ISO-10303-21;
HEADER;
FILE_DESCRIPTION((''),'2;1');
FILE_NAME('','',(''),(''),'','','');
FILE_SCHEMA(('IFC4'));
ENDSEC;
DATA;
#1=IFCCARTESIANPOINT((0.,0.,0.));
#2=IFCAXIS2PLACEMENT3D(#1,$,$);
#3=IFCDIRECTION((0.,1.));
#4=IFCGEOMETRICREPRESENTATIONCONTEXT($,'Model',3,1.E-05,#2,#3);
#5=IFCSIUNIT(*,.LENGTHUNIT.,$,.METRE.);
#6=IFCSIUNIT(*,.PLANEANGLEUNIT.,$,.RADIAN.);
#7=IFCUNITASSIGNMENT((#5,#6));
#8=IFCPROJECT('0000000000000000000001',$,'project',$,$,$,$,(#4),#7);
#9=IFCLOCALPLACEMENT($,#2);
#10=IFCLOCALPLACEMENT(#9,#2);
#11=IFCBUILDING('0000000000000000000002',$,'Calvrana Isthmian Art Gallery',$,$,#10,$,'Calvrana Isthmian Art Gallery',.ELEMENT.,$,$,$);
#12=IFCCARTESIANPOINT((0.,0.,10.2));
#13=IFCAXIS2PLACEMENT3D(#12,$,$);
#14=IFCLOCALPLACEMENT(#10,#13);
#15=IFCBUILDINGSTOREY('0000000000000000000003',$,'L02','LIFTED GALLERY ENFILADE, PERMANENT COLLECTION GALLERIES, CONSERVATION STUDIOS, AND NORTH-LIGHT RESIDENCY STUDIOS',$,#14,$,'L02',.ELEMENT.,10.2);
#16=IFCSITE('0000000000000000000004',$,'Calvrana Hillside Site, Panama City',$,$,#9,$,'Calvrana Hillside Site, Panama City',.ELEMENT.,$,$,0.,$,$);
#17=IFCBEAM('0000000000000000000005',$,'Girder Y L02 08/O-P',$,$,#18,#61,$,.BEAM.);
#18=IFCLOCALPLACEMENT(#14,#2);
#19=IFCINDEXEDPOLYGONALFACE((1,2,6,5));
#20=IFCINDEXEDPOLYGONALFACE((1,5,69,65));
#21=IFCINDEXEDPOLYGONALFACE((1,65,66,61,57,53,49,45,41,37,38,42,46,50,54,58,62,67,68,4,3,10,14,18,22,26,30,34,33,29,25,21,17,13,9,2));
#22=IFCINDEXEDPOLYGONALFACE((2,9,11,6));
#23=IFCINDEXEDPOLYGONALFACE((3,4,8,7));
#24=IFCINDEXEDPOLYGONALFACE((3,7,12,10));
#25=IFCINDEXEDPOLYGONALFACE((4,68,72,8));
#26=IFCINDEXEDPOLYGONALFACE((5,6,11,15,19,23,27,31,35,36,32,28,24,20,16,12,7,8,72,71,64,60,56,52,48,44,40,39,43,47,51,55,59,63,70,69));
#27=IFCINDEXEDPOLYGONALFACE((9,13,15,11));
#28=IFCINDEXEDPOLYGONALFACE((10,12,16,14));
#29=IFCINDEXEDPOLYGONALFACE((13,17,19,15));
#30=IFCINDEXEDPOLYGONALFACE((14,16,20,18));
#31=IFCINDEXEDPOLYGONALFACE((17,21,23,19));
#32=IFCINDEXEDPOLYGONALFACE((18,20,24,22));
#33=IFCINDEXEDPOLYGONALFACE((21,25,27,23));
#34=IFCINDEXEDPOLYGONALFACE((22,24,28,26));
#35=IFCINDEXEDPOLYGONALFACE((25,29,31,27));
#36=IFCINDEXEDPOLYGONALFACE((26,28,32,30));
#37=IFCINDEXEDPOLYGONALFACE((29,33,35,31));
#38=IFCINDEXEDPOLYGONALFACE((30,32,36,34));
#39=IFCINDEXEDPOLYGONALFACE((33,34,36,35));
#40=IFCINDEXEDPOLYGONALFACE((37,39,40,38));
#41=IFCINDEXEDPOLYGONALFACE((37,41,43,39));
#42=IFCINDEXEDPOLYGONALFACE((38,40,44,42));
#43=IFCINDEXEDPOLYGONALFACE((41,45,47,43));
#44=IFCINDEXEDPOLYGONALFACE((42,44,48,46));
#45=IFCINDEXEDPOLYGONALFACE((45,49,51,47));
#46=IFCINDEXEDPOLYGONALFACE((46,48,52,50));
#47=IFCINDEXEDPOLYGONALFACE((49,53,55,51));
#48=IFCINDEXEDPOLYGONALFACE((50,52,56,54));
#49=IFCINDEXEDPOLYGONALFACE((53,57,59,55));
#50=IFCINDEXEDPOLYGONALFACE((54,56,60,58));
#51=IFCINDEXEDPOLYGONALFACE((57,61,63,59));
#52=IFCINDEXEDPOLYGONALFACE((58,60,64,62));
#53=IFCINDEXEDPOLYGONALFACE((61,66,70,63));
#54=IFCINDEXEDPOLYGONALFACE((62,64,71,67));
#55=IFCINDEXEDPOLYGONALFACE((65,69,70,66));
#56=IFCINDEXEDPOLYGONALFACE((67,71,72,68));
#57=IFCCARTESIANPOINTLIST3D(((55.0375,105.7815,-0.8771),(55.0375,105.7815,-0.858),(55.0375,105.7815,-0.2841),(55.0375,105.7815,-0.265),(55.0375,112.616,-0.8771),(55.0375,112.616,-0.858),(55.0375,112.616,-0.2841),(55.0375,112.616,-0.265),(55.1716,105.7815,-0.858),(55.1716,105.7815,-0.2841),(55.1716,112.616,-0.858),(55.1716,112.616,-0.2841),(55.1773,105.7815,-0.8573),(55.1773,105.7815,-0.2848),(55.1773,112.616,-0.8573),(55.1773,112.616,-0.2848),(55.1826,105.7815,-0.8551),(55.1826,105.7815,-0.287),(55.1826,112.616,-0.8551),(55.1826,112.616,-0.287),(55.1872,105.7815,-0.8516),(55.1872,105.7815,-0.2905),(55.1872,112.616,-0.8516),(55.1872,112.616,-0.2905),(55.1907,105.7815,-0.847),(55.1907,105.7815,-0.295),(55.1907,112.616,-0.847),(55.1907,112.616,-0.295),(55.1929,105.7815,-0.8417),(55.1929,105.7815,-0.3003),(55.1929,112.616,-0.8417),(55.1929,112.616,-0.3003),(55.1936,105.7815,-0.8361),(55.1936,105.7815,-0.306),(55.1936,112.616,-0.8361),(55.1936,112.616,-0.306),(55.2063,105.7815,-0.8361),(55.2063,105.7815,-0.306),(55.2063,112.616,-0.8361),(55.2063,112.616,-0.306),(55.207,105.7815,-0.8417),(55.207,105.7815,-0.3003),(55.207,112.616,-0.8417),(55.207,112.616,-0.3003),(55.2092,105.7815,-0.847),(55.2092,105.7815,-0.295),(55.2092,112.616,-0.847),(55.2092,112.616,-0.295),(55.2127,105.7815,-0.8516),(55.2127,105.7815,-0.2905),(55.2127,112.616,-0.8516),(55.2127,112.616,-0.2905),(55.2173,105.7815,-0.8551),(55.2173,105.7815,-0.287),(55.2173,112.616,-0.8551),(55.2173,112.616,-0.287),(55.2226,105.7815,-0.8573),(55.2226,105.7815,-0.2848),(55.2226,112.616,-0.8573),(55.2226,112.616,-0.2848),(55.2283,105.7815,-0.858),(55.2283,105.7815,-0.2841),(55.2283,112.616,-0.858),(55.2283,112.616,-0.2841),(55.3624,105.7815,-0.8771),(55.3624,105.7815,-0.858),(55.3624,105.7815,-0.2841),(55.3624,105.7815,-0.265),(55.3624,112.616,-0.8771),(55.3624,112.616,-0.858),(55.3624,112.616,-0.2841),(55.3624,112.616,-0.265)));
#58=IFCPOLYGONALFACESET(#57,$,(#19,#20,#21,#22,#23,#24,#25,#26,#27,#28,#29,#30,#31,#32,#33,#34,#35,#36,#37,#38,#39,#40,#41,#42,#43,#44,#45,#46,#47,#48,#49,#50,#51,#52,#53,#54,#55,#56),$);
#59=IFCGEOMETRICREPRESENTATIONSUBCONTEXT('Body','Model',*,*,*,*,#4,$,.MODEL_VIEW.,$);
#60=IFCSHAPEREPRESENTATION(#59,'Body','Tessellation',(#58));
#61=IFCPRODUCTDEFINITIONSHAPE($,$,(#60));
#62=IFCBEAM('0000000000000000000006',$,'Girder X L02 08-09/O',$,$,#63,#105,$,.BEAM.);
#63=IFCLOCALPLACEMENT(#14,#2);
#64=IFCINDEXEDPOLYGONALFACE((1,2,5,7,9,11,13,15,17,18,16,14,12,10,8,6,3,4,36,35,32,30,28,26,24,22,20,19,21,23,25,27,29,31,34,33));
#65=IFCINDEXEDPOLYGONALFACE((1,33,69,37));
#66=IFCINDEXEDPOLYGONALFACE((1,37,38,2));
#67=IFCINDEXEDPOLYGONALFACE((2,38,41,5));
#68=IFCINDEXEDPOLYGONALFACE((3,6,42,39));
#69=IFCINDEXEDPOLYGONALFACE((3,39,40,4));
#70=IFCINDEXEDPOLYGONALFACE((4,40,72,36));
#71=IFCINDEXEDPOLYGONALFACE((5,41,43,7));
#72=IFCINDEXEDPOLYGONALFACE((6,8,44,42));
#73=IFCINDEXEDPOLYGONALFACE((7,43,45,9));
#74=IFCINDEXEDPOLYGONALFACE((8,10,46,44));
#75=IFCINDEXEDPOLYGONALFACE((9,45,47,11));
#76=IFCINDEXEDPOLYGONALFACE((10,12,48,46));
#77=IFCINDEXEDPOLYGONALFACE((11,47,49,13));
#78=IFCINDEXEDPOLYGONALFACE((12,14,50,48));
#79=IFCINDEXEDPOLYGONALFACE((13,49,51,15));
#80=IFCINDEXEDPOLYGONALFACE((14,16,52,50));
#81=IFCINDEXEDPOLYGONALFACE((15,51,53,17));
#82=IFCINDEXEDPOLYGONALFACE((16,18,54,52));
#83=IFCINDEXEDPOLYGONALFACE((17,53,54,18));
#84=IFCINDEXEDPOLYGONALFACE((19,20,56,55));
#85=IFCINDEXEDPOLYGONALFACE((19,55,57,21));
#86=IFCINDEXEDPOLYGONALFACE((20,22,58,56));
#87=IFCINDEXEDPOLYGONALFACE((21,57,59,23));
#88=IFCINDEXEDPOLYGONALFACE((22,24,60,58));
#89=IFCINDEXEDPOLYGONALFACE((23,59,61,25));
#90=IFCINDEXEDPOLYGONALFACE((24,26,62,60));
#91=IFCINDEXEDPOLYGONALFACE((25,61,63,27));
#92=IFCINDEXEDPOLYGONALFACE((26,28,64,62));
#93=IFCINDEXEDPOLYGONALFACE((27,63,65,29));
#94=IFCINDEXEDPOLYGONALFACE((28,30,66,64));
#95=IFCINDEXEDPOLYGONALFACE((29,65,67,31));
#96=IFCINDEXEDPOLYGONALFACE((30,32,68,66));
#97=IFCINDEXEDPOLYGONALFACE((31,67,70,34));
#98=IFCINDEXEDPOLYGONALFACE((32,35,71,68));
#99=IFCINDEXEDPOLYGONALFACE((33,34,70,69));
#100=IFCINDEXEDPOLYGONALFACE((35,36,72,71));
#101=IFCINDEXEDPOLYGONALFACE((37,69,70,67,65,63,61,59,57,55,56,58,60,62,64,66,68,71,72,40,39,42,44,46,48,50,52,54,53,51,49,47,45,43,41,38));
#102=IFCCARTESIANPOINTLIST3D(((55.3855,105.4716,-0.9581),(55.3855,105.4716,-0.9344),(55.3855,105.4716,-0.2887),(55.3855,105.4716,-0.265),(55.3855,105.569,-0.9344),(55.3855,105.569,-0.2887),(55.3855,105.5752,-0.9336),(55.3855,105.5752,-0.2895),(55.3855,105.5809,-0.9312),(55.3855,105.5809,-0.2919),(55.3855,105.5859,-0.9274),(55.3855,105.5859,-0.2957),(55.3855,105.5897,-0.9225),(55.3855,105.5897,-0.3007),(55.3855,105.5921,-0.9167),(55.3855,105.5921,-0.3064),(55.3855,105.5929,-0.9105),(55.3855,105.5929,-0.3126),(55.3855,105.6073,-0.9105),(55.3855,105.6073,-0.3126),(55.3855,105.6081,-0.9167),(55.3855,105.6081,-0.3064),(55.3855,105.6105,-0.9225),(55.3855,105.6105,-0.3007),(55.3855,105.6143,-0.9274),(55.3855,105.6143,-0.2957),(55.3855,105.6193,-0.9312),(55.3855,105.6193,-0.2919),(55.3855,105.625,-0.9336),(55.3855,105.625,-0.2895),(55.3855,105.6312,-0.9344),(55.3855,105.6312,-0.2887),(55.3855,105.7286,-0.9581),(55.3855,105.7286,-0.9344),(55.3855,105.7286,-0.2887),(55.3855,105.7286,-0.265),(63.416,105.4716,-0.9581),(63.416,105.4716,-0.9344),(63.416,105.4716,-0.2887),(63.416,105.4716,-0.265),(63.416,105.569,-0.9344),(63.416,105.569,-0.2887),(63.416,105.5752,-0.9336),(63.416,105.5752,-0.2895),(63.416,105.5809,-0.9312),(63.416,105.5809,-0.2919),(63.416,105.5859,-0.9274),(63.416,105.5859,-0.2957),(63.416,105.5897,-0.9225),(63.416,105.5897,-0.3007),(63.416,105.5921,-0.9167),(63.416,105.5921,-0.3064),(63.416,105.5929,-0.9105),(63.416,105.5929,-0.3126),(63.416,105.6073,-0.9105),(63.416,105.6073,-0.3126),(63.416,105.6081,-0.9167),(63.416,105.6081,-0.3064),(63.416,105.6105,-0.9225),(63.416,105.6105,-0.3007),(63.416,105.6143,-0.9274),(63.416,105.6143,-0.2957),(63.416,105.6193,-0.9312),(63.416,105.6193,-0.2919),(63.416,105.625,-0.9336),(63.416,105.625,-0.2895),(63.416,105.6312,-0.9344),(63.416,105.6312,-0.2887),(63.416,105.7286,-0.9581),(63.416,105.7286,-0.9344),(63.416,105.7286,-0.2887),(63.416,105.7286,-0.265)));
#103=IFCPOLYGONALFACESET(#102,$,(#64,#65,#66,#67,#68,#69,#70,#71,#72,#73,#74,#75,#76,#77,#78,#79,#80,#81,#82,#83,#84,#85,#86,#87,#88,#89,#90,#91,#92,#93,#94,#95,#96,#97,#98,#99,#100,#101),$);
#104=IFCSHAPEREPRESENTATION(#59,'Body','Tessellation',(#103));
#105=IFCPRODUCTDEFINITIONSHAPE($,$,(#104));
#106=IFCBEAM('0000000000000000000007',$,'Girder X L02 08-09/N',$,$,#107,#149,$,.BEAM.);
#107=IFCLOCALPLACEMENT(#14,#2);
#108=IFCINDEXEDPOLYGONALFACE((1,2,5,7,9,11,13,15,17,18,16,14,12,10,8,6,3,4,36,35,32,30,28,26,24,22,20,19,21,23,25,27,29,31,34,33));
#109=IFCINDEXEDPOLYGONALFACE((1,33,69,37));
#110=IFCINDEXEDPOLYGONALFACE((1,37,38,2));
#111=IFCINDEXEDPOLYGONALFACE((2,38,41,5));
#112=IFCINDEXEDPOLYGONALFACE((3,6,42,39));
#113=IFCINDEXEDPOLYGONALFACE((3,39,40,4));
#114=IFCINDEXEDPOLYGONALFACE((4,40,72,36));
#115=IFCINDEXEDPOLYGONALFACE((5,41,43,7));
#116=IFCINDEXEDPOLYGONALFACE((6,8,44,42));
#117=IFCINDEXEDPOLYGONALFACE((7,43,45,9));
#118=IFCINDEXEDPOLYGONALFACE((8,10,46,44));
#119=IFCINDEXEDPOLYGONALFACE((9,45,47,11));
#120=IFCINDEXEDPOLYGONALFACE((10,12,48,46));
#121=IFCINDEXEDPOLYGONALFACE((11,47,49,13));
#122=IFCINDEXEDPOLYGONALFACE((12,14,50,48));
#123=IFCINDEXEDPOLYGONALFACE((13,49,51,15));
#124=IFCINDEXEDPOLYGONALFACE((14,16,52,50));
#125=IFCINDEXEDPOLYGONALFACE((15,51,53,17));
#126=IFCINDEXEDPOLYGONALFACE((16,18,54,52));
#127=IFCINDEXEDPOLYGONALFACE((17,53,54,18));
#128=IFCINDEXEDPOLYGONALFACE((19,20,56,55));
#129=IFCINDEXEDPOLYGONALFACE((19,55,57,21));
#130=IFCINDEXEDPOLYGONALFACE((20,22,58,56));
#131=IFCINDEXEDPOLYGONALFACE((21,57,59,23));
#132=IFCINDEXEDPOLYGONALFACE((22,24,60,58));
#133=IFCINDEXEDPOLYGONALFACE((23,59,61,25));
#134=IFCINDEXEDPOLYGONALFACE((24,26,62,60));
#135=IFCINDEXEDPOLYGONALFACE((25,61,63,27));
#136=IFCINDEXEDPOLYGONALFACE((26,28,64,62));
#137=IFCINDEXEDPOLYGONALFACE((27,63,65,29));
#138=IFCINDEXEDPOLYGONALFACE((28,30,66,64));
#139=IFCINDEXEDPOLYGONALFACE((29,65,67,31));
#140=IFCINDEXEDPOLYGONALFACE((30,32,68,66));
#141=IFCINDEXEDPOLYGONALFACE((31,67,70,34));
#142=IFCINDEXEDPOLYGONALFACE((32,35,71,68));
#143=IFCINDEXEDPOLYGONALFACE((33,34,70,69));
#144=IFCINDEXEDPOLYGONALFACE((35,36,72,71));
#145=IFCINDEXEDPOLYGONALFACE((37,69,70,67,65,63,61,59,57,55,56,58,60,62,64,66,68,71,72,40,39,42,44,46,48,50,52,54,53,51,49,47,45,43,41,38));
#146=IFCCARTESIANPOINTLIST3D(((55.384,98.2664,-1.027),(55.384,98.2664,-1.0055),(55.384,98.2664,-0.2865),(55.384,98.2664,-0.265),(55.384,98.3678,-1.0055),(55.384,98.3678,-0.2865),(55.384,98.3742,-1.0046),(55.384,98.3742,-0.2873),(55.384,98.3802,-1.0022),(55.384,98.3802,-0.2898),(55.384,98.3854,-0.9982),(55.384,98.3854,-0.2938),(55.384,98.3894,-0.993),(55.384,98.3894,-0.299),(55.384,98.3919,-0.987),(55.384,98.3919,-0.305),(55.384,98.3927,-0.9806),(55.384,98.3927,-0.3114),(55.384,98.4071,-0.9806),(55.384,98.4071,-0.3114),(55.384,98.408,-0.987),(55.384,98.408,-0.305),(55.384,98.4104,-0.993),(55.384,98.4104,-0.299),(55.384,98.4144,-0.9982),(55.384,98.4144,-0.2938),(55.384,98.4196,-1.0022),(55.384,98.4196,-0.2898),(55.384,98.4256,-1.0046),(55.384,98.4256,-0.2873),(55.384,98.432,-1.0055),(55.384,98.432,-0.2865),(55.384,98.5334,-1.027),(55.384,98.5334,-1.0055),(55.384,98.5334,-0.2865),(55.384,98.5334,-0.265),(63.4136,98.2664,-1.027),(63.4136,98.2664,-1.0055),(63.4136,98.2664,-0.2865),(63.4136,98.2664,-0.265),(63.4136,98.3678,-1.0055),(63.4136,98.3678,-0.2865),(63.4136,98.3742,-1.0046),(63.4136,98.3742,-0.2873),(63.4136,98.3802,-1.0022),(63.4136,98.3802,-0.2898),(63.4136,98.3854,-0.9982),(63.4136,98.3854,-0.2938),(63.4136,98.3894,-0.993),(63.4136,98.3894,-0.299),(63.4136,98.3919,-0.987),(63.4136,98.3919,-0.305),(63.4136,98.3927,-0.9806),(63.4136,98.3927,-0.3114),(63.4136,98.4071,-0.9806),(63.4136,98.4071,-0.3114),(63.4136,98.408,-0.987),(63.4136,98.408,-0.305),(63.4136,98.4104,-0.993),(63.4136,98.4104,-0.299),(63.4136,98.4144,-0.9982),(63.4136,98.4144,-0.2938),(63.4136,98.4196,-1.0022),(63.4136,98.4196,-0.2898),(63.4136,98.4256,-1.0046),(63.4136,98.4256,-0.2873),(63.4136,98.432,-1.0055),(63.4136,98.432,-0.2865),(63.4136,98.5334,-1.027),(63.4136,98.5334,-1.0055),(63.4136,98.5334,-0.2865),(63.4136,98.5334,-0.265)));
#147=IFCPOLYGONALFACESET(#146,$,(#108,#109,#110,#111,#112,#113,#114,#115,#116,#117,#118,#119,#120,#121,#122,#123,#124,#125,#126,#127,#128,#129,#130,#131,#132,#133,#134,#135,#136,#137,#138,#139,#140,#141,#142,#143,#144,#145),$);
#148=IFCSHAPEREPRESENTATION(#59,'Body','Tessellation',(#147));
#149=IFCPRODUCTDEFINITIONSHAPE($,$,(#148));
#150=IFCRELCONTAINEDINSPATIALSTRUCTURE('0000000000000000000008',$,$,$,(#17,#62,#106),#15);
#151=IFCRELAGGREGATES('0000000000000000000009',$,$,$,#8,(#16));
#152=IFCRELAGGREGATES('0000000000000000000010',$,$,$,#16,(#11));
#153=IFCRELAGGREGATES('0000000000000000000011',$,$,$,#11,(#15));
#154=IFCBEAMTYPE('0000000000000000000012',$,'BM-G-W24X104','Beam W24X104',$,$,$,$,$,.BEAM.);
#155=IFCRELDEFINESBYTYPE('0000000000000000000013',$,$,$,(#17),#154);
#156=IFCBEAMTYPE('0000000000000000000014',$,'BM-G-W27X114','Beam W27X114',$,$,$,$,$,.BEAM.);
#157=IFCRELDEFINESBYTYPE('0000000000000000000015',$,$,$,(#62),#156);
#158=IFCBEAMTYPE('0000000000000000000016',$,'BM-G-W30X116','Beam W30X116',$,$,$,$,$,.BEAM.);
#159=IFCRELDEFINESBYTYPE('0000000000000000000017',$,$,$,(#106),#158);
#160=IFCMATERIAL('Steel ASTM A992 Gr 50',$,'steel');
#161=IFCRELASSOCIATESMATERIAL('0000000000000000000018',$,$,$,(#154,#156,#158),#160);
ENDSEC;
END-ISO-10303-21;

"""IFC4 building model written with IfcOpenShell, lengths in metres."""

from ifc_helpers import new_model, si_unit, direction, frame, origin, origin_2d, place, context, subcontext, project, spatial, i_section, extrude, material, material_profile, profile_set, type_object, element, save


model = new_model("IFC4")

# Units and contexts
model_context = context("Model", 3, precision=1e-05, world=origin(), true_north=direction((0.0, 1.0)))
body_context = subcontext(model_context, "Body", "Model", "MODEL_VIEW")
ifc_project = project(units=[si_unit("LENGTHUNIT", "METRE"), si_unit("PLANEANGLEUNIT", "RADIAN")], contexts=[model_context])

# Site, building, storey
site_placement = place(None, origin())
site = spatial("IfcSite", under=ifc_project, at=site_placement, Name="Calvrana Hillside Site, Panama City", LongName="Calvrana Hillside Site, Panama City", CompositionType="ELEMENT", RefElevation=0.0)
building_placement = place(site_placement, origin())
building = spatial("IfcBuilding", under=site, at=building_placement, Name="Calvrana Isthmian Art Gallery", LongName="Calvrana Isthmian Art Gallery", CompositionType="ELEMENT")
storey_placement = place(building_placement, frame((0.0, 0.0, 10.2)))
storey = spatial("IfcBuildingStorey", under=building, at=storey_placement, Name="L02", Description="LIFTED GALLERY ENFILADE, PERMANENT COLLECTION GALLERIES, CONSERVATION STUDIOS, AND NORTH-LIGHT RESIDENCY STUDIOS", LongName="L02", CompositionType="ELEMENT", Elevation=10.2)

# Beams
ifc_material_1 = material(Name="Steel ASTM A992 Gr 50", Category="steel")
ifc_material_profile_1 = material_profile(ifc_material_1, i_section(OverallWidth=0.325, OverallDepth=0.6121, WebThickness=0.0127, FlangeThickness=0.019, FilletRadius=0.022, at=origin_2d()), Name="W24X104")
ifc_profile_set_1 = profile_set([ifc_material_profile_1], Name="Steel ASTM A992 Gr 50")
beam_type_1 = type_object("IfcBeamType", Name="BM-G-W24X104", Description="Beam W24X104", PredefinedType="BEAM", material=ifc_profile_set_1)
beam_1_placement = place(storey_placement, frame((55.2, 105.7815, -0.571), z_axis=(0.0, 1.0, 0.0), x_axis=(-1.0, 0.0, 0.0)))
element("IfcBeam", 1, at=beam_1_placement, inside=storey, type_object=beam_type_1, Name="Girder Y L02 08/O-P", PredefinedType="BEAM", context=body_context, shape_type="SweptSolid", body=[
    extrude(i_section(OverallWidth=0.325, OverallDepth=0.6121, WebThickness=0.0127, FlangeThickness=0.019, FilletRadius=0.022, at=origin_2d()), origin(), (0.0, 0.0, 1.0), 6.8345),
])
ifc_material_profile_2 = material_profile(ifc_material_1, i_section(OverallWidth=0.2571, OverallDepth=0.6931, WebThickness=0.0144, FlangeThickness=0.0237, FilletRadius=0.0239, at=origin_2d()), Name="W27X114")
ifc_profile_set_2 = profile_set([ifc_material_profile_2], Name="Steel ASTM A992 Gr 50")
beam_type_2 = type_object("IfcBeamType", Name="BM-G-W27X114", Description="Beam W27X114", PredefinedType="BEAM", material=ifc_profile_set_2)
beam_2_placement = place(storey_placement, frame((55.3855, 105.6001, -0.6116), z_axis=(1.0, 0.0, 0.0), x_axis=(0.0, 1.0, 0.0)))
element("IfcBeam", 2, at=beam_2_placement, inside=storey, type_object=beam_type_2, Name="Girder X L02 08-09/O", PredefinedType="BEAM", context=body_context, shape_type="SweptSolid", body=[
    extrude(i_section(OverallWidth=0.2571, OverallDepth=0.6931, WebThickness=0.0144, FlangeThickness=0.0237, FilletRadius=0.0239, at=origin_2d()), origin(), (0.0, 0.0, 1.0), 8.0305),
])
ifc_material_profile_3 = material_profile(ifc_material_1, i_section(OverallWidth=0.2671, OverallDepth=0.762, WebThickness=0.0144, FlangeThickness=0.0215, FilletRadius=0.0249, at=origin_2d()), Name="W30X116")
ifc_profile_set_3 = profile_set([ifc_material_profile_3], Name="Steel ASTM A992 Gr 50")
beam_type_3 = type_object("IfcBeamType", Name="BM-G-W30X116", Description="Beam W30X116", PredefinedType="BEAM", material=ifc_profile_set_3)
beam_3_placement = place(storey_placement, frame((55.384, 98.3999, -0.646), z_axis=(1.0, 0.0, 0.0), x_axis=(0.0, 1.0, 0.0)))
element("IfcBeam", 3, at=beam_3_placement, inside=storey, type_object=beam_type_3, Name="Girder X L02 08-09/N", PredefinedType="BEAM", context=body_context, shape_type="SweptSolid", body=[
    extrude(i_section(OverallWidth=0.2671, OverallDepth=0.762, WebThickness=0.0144, FlangeThickness=0.0215, FilletRadius=0.0249, at=origin_2d()), origin(), (0.0, 0.0, 1.0), 8.0295),
])

save(model, "model.ifc")
